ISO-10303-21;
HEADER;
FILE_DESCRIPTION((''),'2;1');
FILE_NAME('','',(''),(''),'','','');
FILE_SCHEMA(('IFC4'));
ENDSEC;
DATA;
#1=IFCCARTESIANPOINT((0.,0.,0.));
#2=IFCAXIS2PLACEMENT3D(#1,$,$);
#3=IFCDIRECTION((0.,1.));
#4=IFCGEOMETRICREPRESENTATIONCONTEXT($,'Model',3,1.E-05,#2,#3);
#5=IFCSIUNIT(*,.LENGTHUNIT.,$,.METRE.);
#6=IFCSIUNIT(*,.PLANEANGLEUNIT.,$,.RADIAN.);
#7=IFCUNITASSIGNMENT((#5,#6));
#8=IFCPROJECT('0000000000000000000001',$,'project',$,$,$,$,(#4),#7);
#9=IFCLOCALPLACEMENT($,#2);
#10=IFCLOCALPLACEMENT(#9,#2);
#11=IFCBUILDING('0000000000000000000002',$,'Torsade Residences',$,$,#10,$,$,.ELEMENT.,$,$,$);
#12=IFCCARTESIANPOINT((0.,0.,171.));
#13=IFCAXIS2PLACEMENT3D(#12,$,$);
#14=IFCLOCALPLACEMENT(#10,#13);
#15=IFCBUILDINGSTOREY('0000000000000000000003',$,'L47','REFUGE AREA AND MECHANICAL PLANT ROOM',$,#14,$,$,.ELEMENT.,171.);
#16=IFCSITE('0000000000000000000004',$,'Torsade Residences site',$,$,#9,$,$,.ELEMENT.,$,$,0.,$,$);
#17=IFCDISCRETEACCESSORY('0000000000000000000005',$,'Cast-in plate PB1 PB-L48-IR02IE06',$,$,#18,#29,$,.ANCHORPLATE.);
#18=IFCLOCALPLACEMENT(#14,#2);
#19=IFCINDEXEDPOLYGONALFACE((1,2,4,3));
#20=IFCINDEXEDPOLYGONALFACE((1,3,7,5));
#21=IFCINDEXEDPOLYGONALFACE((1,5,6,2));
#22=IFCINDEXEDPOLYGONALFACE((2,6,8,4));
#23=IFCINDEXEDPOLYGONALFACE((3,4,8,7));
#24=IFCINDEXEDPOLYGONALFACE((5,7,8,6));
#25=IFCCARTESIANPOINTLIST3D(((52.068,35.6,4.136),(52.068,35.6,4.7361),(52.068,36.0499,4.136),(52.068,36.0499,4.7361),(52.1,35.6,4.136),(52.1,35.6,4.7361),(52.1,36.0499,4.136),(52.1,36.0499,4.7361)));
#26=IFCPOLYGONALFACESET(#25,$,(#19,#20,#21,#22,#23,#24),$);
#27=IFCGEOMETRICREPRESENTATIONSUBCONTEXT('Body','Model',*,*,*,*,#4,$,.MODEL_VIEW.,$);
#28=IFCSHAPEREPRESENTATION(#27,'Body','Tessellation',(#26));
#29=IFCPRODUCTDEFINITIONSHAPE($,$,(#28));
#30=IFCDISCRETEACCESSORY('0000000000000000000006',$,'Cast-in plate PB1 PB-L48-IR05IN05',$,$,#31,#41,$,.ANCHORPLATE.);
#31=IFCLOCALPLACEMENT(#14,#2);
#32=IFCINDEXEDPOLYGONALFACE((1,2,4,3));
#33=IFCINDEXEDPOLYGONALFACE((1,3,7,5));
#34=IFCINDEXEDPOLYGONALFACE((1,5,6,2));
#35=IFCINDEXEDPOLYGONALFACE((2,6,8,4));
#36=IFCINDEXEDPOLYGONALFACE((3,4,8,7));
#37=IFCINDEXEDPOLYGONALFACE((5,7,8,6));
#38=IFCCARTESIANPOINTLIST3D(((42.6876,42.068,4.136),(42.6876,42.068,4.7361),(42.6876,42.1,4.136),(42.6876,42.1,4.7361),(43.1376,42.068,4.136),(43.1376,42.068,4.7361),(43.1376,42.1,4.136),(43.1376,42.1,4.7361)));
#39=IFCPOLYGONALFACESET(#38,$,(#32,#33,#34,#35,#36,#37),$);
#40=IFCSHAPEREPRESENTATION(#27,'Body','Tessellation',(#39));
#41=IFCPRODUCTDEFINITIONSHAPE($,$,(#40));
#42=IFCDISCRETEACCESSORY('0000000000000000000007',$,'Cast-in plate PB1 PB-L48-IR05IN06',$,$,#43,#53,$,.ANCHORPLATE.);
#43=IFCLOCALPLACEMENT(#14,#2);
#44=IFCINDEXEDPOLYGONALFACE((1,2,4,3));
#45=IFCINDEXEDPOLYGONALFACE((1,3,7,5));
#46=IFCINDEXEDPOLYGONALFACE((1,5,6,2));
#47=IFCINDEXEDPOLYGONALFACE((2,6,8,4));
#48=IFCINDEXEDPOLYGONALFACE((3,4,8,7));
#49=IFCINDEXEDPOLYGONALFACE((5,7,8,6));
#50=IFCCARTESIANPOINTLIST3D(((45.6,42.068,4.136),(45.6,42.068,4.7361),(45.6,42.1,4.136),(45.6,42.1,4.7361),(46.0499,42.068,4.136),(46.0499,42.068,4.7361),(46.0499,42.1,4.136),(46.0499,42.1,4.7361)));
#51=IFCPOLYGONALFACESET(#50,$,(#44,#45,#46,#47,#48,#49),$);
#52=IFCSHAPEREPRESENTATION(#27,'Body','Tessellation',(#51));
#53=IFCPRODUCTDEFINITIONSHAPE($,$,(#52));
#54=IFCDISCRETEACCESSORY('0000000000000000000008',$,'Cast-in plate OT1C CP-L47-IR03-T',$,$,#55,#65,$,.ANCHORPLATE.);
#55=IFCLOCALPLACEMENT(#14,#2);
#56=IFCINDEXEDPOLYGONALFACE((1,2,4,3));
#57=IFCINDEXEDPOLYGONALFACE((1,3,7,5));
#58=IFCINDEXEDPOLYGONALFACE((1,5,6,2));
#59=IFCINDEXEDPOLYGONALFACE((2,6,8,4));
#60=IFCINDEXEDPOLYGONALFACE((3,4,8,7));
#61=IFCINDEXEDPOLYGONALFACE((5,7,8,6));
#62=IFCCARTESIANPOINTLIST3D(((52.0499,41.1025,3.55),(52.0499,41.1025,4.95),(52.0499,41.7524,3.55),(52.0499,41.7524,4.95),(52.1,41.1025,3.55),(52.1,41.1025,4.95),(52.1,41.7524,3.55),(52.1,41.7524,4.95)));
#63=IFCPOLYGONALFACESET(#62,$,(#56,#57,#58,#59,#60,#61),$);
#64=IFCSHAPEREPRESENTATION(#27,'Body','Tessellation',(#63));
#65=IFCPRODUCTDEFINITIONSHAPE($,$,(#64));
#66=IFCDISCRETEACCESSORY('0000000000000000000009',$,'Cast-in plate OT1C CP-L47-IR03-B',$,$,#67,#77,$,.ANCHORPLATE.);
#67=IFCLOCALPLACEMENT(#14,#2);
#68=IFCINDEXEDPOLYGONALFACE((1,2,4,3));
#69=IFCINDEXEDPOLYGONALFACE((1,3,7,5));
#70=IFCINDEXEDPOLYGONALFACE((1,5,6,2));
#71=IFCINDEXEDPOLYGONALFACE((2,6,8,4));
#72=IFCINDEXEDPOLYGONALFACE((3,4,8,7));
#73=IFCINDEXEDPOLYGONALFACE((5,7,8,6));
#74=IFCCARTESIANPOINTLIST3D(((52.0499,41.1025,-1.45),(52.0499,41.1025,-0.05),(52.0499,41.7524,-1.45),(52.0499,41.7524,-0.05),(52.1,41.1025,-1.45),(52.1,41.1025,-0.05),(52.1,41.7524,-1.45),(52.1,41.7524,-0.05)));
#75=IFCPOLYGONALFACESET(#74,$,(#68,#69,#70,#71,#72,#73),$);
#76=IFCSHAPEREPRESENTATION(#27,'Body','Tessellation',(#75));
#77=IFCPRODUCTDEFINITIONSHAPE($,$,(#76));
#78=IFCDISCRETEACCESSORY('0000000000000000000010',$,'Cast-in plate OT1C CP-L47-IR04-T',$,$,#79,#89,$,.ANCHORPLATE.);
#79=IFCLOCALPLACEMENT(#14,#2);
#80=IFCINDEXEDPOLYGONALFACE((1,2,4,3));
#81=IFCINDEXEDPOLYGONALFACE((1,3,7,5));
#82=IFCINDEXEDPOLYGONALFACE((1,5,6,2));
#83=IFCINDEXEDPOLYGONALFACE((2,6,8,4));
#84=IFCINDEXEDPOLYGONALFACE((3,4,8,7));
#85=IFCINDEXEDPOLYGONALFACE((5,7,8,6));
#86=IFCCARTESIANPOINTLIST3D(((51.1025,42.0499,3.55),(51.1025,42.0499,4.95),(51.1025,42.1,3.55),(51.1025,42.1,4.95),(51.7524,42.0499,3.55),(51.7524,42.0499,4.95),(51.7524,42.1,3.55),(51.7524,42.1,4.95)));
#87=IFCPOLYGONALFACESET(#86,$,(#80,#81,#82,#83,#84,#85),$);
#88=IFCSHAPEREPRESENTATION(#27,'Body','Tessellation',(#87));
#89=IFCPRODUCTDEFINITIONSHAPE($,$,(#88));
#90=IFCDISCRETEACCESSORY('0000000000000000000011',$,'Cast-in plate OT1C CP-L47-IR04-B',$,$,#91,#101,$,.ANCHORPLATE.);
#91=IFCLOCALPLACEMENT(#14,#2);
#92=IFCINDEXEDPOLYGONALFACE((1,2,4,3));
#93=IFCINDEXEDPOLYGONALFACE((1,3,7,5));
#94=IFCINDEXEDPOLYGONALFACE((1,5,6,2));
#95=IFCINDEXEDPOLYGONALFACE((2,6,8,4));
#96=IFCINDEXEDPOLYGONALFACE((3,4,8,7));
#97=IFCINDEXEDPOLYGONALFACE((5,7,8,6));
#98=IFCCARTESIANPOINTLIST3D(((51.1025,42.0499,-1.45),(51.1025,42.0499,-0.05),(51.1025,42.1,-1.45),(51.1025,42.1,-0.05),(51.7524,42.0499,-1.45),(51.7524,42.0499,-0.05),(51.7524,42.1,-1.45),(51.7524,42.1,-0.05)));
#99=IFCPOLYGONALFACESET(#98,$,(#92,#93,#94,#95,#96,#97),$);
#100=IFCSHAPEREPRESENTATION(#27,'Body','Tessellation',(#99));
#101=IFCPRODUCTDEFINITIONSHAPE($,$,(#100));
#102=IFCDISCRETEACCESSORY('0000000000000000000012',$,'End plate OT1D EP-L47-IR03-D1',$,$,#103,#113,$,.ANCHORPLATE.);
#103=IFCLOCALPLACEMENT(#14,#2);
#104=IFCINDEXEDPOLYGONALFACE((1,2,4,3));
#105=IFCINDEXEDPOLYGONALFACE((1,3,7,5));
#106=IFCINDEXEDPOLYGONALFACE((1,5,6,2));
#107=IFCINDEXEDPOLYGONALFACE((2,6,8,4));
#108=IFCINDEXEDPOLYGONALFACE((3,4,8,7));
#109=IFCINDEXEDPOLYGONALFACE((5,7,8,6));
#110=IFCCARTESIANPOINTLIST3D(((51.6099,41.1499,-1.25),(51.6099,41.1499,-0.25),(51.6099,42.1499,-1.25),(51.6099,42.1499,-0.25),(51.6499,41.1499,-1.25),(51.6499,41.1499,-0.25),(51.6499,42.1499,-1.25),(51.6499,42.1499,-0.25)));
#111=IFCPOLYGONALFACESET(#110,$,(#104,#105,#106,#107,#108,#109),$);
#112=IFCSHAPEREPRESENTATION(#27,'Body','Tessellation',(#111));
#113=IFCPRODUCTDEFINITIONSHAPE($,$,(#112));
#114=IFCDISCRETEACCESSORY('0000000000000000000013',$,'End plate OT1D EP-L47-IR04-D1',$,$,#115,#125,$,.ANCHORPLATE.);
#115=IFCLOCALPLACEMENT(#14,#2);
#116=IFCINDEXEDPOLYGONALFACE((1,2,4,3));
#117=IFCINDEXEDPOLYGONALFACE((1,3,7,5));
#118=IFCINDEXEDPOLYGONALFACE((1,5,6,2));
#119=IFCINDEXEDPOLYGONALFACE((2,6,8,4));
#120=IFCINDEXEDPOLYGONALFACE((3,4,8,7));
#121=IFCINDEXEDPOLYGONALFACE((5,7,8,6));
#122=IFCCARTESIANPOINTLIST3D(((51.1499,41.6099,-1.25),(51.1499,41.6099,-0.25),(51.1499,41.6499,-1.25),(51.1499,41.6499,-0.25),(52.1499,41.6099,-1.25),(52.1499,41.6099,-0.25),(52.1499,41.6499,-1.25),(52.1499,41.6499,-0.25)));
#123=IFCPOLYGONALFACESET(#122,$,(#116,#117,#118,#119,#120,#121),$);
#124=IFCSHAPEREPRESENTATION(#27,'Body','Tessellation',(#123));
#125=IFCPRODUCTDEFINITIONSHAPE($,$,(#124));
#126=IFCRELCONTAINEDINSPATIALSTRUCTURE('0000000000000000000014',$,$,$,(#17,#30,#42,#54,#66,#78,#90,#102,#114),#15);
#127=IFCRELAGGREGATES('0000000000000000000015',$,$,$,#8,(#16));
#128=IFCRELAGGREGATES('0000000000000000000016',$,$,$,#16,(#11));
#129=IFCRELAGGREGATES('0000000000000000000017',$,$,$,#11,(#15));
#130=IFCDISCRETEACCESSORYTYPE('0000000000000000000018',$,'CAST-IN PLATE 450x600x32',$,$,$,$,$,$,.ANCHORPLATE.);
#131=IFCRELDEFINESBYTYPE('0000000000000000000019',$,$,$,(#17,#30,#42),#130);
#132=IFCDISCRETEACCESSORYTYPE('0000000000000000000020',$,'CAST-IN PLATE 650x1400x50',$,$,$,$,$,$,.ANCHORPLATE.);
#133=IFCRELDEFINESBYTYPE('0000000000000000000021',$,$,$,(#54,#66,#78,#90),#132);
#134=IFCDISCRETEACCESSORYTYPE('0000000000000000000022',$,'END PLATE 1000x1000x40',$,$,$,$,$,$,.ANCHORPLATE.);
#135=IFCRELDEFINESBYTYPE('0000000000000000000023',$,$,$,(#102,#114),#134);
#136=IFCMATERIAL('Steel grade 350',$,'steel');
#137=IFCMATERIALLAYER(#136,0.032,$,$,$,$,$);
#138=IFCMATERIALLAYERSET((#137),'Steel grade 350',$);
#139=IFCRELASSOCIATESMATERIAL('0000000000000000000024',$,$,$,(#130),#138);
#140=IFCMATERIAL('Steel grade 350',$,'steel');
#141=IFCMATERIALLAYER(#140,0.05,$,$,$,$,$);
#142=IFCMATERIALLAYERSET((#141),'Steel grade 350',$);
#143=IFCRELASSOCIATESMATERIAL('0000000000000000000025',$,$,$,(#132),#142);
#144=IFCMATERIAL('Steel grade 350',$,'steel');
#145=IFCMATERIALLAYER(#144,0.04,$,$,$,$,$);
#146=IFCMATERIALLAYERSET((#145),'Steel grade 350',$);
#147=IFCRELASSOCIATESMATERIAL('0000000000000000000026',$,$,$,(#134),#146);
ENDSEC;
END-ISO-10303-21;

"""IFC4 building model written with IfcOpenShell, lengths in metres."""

from ifc_helpers import new_model, si_unit, direction, frame, origin, origin_2d, place, context, subcontext, project, spatial, rectangle, extrude, material, layer, layer_set, type_object, element, save


model = new_model("IFC4")

# Units and contexts
model_context = context("Model", 3, precision=1e-05, world=origin(), true_north=direction((0.0, 1.0)))
body_context = subcontext(model_context, "Body", "Model", "MODEL_VIEW")
ifc_project = project(units=[si_unit("LENGTHUNIT", "METRE"), si_unit("PLANEANGLEUNIT", "RADIAN")], contexts=[model_context])

# Site, building, storey
site_placement = place(None, origin())
site = spatial("IfcSite", under=ifc_project, at=site_placement, Name="Torsade Residences site", CompositionType="ELEMENT", RefElevation=0.0)
building_placement = place(site_placement, origin())
building = spatial("IfcBuilding", under=site, at=building_placement, Name="Torsade Residences", CompositionType="ELEMENT")
storey_placement = place(building_placement, frame((0.0, 0.0, 171.0)))
storey = spatial("IfcBuildingStorey", under=building, at=storey_placement, Name="L47", Description="REFUGE AREA AND MECHANICAL PLANT ROOM", CompositionType="ELEMENT", Elevation=171.0)

# Discrete accessories
ifc_material_1 = material(Name="Steel grade 350", Category="steel")
ifc_layer_1 = layer(ifc_material_1, 0.032)
ifc_layer_set_1 = layer_set([ifc_layer_1], Name="Steel grade 350")
discrete_accessory_type_1 = type_object("IfcDiscreteAccessoryType", Name="CAST-IN PLATE 450x600x32", PredefinedType="ANCHORPLATE", material=ifc_layer_set_1)
for number, where, z_axis, x_axis, name in (
    (1, (52.084, 35.825, 4.136), (0.0, 0.0, 1.0), (1.0, 0.0, 0.0), "Cast-in plate PB1 PB-L48-IR02IE06"),
):
    element("IfcDiscreteAccessory", number, at=place(storey_placement, frame(where, z_axis=z_axis, x_axis=x_axis)), inside=storey, type_object=discrete_accessory_type_1, Name=name, PredefinedType="ANCHORPLATE", context=body_context, shape_type="SweptSolid", body=[
        extrude(rectangle(XDim=0.032, YDim=0.45, at=origin_2d()), origin(), (0.0, 0.0, 1.0), 0.6001),
    ])
for number, where, z_axis, x_axis, name in (
    (2, (42.9126, 42.084, 4.136), (0.0, 0.0, 1.0), (1.0, 0.0, 0.0), "Cast-in plate PB1 PB-L48-IR05IN05"),
    (3, (45.825, 42.084, 4.136), (0.0, 0.0, 1.0), (1.0, 0.0, 0.0), "Cast-in plate PB1 PB-L48-IR05IN06"),
):
    element("IfcDiscreteAccessory", number, at=place(storey_placement, frame(where, z_axis=z_axis, x_axis=x_axis)), inside=storey, type_object=discrete_accessory_type_1, Name=name, PredefinedType="ANCHORPLATE", context=body_context, shape_type="SweptSolid", body=[
        extrude(rectangle(XDim=0.45, YDim=0.032, at=origin_2d()), origin(), (0.0, 0.0, 1.0), 0.6001),
    ])
ifc_material_2 = material(Name="Steel grade 350", Category="steel")
ifc_layer_2 = layer(ifc_material_2, 0.05)
ifc_layer_set_2 = layer_set([ifc_layer_2], Name="Steel grade 350")
discrete_accessory_type_2 = type_object("IfcDiscreteAccessoryType", Name="CAST-IN PLATE 650x1400x50", PredefinedType="ANCHORPLATE", material=ifc_layer_set_2)
for number, where, z_axis, x_axis, name in (
    (4, (52.075, 41.4275, 3.55), (0.0, 0.0, 1.0), (1.0, 0.0, 0.0), "Cast-in plate OT1C CP-L47-IR03-T"),
    (5, (52.075, 41.4275, -1.45), (0.0, 0.0, 1.0), (1.0, 0.0, 0.0), "Cast-in plate OT1C CP-L47-IR03-B"),
):
    element("IfcDiscreteAccessory", number, at=place(storey_placement, frame(where, z_axis=z_axis, x_axis=x_axis)), inside=storey, type_object=discrete_accessory_type_2, Name=name, PredefinedType="ANCHORPLATE", context=body_context, shape_type="SweptSolid", body=[
        extrude(rectangle(XDim=0.05, YDim=0.6499, at=origin_2d()), origin(), (0.0, 0.0, 1.0), 1.3999),
    ])
for number, where, z_axis, x_axis, name in (
    (6, (51.4275, 42.075, 3.55), (0.0, 0.0, 1.0), (1.0, 0.0, 0.0), "Cast-in plate OT1C CP-L47-IR04-T"),
    (7, (51.4275, 42.075, -1.45), (0.0, 0.0, 1.0), (1.0, 0.0, 0.0), "Cast-in plate OT1C CP-L47-IR04-B"),
):
    element("IfcDiscreteAccessory", number, at=place(storey_placement, frame(where, z_axis=z_axis, x_axis=x_axis)), inside=storey, type_object=discrete_accessory_type_2, Name=name, PredefinedType="ANCHORPLATE", context=body_context, shape_type="SweptSolid", body=[
        extrude(rectangle(XDim=0.6499, YDim=0.05, at=origin_2d()), origin(), (0.0, 0.0, 1.0), 1.3999),
    ])
ifc_material_3 = material(Name="Steel grade 350", Category="steel")
ifc_layer_3 = layer(ifc_material_3, 0.04)
ifc_layer_set_3 = layer_set([ifc_layer_3], Name="Steel grade 350")
discrete_accessory_type_3 = type_object("IfcDiscreteAccessoryType", Name="END PLATE 1000x1000x40", PredefinedType="ANCHORPLATE", material=ifc_layer_set_3)
discrete_accessory_1_placement = place(storey_placement, frame((51.6299, 41.6499, -1.25), z_axis=(0.0, 0.0, 1.0), x_axis=(1.0, 0.0, 0.0)))
element("IfcDiscreteAccessory", 8, at=discrete_accessory_1_placement, inside=storey, type_object=discrete_accessory_type_3, Name="End plate OT1D EP-L47-IR03-D1", PredefinedType="ANCHORPLATE", context=body_context, shape_type="SweptSolid", body=[
    extrude(rectangle(XDim=0.04, YDim=1.0, at=origin_2d()), origin(), (0.0, 0.0, 1.0), 1.0),
])
discrete_accessory_2_placement = place(storey_placement, frame((51.6499, 41.6299, -1.25), z_axis=(0.0, 0.0, 1.0), x_axis=(1.0, 0.0, 0.0)))
element("IfcDiscreteAccessory", 9, at=discrete_accessory_2_placement, inside=storey, type_object=discrete_accessory_type_3, Name="End plate OT1D EP-L47-IR04-D1", PredefinedType="ANCHORPLATE", context=body_context, shape_type="SweptSolid", body=[
    extrude(rectangle(XDim=1.0, YDim=0.04, at=origin_2d()), origin(), (0.0, 0.0, 1.0), 1.0),
])

save(model, "model.ifc")
